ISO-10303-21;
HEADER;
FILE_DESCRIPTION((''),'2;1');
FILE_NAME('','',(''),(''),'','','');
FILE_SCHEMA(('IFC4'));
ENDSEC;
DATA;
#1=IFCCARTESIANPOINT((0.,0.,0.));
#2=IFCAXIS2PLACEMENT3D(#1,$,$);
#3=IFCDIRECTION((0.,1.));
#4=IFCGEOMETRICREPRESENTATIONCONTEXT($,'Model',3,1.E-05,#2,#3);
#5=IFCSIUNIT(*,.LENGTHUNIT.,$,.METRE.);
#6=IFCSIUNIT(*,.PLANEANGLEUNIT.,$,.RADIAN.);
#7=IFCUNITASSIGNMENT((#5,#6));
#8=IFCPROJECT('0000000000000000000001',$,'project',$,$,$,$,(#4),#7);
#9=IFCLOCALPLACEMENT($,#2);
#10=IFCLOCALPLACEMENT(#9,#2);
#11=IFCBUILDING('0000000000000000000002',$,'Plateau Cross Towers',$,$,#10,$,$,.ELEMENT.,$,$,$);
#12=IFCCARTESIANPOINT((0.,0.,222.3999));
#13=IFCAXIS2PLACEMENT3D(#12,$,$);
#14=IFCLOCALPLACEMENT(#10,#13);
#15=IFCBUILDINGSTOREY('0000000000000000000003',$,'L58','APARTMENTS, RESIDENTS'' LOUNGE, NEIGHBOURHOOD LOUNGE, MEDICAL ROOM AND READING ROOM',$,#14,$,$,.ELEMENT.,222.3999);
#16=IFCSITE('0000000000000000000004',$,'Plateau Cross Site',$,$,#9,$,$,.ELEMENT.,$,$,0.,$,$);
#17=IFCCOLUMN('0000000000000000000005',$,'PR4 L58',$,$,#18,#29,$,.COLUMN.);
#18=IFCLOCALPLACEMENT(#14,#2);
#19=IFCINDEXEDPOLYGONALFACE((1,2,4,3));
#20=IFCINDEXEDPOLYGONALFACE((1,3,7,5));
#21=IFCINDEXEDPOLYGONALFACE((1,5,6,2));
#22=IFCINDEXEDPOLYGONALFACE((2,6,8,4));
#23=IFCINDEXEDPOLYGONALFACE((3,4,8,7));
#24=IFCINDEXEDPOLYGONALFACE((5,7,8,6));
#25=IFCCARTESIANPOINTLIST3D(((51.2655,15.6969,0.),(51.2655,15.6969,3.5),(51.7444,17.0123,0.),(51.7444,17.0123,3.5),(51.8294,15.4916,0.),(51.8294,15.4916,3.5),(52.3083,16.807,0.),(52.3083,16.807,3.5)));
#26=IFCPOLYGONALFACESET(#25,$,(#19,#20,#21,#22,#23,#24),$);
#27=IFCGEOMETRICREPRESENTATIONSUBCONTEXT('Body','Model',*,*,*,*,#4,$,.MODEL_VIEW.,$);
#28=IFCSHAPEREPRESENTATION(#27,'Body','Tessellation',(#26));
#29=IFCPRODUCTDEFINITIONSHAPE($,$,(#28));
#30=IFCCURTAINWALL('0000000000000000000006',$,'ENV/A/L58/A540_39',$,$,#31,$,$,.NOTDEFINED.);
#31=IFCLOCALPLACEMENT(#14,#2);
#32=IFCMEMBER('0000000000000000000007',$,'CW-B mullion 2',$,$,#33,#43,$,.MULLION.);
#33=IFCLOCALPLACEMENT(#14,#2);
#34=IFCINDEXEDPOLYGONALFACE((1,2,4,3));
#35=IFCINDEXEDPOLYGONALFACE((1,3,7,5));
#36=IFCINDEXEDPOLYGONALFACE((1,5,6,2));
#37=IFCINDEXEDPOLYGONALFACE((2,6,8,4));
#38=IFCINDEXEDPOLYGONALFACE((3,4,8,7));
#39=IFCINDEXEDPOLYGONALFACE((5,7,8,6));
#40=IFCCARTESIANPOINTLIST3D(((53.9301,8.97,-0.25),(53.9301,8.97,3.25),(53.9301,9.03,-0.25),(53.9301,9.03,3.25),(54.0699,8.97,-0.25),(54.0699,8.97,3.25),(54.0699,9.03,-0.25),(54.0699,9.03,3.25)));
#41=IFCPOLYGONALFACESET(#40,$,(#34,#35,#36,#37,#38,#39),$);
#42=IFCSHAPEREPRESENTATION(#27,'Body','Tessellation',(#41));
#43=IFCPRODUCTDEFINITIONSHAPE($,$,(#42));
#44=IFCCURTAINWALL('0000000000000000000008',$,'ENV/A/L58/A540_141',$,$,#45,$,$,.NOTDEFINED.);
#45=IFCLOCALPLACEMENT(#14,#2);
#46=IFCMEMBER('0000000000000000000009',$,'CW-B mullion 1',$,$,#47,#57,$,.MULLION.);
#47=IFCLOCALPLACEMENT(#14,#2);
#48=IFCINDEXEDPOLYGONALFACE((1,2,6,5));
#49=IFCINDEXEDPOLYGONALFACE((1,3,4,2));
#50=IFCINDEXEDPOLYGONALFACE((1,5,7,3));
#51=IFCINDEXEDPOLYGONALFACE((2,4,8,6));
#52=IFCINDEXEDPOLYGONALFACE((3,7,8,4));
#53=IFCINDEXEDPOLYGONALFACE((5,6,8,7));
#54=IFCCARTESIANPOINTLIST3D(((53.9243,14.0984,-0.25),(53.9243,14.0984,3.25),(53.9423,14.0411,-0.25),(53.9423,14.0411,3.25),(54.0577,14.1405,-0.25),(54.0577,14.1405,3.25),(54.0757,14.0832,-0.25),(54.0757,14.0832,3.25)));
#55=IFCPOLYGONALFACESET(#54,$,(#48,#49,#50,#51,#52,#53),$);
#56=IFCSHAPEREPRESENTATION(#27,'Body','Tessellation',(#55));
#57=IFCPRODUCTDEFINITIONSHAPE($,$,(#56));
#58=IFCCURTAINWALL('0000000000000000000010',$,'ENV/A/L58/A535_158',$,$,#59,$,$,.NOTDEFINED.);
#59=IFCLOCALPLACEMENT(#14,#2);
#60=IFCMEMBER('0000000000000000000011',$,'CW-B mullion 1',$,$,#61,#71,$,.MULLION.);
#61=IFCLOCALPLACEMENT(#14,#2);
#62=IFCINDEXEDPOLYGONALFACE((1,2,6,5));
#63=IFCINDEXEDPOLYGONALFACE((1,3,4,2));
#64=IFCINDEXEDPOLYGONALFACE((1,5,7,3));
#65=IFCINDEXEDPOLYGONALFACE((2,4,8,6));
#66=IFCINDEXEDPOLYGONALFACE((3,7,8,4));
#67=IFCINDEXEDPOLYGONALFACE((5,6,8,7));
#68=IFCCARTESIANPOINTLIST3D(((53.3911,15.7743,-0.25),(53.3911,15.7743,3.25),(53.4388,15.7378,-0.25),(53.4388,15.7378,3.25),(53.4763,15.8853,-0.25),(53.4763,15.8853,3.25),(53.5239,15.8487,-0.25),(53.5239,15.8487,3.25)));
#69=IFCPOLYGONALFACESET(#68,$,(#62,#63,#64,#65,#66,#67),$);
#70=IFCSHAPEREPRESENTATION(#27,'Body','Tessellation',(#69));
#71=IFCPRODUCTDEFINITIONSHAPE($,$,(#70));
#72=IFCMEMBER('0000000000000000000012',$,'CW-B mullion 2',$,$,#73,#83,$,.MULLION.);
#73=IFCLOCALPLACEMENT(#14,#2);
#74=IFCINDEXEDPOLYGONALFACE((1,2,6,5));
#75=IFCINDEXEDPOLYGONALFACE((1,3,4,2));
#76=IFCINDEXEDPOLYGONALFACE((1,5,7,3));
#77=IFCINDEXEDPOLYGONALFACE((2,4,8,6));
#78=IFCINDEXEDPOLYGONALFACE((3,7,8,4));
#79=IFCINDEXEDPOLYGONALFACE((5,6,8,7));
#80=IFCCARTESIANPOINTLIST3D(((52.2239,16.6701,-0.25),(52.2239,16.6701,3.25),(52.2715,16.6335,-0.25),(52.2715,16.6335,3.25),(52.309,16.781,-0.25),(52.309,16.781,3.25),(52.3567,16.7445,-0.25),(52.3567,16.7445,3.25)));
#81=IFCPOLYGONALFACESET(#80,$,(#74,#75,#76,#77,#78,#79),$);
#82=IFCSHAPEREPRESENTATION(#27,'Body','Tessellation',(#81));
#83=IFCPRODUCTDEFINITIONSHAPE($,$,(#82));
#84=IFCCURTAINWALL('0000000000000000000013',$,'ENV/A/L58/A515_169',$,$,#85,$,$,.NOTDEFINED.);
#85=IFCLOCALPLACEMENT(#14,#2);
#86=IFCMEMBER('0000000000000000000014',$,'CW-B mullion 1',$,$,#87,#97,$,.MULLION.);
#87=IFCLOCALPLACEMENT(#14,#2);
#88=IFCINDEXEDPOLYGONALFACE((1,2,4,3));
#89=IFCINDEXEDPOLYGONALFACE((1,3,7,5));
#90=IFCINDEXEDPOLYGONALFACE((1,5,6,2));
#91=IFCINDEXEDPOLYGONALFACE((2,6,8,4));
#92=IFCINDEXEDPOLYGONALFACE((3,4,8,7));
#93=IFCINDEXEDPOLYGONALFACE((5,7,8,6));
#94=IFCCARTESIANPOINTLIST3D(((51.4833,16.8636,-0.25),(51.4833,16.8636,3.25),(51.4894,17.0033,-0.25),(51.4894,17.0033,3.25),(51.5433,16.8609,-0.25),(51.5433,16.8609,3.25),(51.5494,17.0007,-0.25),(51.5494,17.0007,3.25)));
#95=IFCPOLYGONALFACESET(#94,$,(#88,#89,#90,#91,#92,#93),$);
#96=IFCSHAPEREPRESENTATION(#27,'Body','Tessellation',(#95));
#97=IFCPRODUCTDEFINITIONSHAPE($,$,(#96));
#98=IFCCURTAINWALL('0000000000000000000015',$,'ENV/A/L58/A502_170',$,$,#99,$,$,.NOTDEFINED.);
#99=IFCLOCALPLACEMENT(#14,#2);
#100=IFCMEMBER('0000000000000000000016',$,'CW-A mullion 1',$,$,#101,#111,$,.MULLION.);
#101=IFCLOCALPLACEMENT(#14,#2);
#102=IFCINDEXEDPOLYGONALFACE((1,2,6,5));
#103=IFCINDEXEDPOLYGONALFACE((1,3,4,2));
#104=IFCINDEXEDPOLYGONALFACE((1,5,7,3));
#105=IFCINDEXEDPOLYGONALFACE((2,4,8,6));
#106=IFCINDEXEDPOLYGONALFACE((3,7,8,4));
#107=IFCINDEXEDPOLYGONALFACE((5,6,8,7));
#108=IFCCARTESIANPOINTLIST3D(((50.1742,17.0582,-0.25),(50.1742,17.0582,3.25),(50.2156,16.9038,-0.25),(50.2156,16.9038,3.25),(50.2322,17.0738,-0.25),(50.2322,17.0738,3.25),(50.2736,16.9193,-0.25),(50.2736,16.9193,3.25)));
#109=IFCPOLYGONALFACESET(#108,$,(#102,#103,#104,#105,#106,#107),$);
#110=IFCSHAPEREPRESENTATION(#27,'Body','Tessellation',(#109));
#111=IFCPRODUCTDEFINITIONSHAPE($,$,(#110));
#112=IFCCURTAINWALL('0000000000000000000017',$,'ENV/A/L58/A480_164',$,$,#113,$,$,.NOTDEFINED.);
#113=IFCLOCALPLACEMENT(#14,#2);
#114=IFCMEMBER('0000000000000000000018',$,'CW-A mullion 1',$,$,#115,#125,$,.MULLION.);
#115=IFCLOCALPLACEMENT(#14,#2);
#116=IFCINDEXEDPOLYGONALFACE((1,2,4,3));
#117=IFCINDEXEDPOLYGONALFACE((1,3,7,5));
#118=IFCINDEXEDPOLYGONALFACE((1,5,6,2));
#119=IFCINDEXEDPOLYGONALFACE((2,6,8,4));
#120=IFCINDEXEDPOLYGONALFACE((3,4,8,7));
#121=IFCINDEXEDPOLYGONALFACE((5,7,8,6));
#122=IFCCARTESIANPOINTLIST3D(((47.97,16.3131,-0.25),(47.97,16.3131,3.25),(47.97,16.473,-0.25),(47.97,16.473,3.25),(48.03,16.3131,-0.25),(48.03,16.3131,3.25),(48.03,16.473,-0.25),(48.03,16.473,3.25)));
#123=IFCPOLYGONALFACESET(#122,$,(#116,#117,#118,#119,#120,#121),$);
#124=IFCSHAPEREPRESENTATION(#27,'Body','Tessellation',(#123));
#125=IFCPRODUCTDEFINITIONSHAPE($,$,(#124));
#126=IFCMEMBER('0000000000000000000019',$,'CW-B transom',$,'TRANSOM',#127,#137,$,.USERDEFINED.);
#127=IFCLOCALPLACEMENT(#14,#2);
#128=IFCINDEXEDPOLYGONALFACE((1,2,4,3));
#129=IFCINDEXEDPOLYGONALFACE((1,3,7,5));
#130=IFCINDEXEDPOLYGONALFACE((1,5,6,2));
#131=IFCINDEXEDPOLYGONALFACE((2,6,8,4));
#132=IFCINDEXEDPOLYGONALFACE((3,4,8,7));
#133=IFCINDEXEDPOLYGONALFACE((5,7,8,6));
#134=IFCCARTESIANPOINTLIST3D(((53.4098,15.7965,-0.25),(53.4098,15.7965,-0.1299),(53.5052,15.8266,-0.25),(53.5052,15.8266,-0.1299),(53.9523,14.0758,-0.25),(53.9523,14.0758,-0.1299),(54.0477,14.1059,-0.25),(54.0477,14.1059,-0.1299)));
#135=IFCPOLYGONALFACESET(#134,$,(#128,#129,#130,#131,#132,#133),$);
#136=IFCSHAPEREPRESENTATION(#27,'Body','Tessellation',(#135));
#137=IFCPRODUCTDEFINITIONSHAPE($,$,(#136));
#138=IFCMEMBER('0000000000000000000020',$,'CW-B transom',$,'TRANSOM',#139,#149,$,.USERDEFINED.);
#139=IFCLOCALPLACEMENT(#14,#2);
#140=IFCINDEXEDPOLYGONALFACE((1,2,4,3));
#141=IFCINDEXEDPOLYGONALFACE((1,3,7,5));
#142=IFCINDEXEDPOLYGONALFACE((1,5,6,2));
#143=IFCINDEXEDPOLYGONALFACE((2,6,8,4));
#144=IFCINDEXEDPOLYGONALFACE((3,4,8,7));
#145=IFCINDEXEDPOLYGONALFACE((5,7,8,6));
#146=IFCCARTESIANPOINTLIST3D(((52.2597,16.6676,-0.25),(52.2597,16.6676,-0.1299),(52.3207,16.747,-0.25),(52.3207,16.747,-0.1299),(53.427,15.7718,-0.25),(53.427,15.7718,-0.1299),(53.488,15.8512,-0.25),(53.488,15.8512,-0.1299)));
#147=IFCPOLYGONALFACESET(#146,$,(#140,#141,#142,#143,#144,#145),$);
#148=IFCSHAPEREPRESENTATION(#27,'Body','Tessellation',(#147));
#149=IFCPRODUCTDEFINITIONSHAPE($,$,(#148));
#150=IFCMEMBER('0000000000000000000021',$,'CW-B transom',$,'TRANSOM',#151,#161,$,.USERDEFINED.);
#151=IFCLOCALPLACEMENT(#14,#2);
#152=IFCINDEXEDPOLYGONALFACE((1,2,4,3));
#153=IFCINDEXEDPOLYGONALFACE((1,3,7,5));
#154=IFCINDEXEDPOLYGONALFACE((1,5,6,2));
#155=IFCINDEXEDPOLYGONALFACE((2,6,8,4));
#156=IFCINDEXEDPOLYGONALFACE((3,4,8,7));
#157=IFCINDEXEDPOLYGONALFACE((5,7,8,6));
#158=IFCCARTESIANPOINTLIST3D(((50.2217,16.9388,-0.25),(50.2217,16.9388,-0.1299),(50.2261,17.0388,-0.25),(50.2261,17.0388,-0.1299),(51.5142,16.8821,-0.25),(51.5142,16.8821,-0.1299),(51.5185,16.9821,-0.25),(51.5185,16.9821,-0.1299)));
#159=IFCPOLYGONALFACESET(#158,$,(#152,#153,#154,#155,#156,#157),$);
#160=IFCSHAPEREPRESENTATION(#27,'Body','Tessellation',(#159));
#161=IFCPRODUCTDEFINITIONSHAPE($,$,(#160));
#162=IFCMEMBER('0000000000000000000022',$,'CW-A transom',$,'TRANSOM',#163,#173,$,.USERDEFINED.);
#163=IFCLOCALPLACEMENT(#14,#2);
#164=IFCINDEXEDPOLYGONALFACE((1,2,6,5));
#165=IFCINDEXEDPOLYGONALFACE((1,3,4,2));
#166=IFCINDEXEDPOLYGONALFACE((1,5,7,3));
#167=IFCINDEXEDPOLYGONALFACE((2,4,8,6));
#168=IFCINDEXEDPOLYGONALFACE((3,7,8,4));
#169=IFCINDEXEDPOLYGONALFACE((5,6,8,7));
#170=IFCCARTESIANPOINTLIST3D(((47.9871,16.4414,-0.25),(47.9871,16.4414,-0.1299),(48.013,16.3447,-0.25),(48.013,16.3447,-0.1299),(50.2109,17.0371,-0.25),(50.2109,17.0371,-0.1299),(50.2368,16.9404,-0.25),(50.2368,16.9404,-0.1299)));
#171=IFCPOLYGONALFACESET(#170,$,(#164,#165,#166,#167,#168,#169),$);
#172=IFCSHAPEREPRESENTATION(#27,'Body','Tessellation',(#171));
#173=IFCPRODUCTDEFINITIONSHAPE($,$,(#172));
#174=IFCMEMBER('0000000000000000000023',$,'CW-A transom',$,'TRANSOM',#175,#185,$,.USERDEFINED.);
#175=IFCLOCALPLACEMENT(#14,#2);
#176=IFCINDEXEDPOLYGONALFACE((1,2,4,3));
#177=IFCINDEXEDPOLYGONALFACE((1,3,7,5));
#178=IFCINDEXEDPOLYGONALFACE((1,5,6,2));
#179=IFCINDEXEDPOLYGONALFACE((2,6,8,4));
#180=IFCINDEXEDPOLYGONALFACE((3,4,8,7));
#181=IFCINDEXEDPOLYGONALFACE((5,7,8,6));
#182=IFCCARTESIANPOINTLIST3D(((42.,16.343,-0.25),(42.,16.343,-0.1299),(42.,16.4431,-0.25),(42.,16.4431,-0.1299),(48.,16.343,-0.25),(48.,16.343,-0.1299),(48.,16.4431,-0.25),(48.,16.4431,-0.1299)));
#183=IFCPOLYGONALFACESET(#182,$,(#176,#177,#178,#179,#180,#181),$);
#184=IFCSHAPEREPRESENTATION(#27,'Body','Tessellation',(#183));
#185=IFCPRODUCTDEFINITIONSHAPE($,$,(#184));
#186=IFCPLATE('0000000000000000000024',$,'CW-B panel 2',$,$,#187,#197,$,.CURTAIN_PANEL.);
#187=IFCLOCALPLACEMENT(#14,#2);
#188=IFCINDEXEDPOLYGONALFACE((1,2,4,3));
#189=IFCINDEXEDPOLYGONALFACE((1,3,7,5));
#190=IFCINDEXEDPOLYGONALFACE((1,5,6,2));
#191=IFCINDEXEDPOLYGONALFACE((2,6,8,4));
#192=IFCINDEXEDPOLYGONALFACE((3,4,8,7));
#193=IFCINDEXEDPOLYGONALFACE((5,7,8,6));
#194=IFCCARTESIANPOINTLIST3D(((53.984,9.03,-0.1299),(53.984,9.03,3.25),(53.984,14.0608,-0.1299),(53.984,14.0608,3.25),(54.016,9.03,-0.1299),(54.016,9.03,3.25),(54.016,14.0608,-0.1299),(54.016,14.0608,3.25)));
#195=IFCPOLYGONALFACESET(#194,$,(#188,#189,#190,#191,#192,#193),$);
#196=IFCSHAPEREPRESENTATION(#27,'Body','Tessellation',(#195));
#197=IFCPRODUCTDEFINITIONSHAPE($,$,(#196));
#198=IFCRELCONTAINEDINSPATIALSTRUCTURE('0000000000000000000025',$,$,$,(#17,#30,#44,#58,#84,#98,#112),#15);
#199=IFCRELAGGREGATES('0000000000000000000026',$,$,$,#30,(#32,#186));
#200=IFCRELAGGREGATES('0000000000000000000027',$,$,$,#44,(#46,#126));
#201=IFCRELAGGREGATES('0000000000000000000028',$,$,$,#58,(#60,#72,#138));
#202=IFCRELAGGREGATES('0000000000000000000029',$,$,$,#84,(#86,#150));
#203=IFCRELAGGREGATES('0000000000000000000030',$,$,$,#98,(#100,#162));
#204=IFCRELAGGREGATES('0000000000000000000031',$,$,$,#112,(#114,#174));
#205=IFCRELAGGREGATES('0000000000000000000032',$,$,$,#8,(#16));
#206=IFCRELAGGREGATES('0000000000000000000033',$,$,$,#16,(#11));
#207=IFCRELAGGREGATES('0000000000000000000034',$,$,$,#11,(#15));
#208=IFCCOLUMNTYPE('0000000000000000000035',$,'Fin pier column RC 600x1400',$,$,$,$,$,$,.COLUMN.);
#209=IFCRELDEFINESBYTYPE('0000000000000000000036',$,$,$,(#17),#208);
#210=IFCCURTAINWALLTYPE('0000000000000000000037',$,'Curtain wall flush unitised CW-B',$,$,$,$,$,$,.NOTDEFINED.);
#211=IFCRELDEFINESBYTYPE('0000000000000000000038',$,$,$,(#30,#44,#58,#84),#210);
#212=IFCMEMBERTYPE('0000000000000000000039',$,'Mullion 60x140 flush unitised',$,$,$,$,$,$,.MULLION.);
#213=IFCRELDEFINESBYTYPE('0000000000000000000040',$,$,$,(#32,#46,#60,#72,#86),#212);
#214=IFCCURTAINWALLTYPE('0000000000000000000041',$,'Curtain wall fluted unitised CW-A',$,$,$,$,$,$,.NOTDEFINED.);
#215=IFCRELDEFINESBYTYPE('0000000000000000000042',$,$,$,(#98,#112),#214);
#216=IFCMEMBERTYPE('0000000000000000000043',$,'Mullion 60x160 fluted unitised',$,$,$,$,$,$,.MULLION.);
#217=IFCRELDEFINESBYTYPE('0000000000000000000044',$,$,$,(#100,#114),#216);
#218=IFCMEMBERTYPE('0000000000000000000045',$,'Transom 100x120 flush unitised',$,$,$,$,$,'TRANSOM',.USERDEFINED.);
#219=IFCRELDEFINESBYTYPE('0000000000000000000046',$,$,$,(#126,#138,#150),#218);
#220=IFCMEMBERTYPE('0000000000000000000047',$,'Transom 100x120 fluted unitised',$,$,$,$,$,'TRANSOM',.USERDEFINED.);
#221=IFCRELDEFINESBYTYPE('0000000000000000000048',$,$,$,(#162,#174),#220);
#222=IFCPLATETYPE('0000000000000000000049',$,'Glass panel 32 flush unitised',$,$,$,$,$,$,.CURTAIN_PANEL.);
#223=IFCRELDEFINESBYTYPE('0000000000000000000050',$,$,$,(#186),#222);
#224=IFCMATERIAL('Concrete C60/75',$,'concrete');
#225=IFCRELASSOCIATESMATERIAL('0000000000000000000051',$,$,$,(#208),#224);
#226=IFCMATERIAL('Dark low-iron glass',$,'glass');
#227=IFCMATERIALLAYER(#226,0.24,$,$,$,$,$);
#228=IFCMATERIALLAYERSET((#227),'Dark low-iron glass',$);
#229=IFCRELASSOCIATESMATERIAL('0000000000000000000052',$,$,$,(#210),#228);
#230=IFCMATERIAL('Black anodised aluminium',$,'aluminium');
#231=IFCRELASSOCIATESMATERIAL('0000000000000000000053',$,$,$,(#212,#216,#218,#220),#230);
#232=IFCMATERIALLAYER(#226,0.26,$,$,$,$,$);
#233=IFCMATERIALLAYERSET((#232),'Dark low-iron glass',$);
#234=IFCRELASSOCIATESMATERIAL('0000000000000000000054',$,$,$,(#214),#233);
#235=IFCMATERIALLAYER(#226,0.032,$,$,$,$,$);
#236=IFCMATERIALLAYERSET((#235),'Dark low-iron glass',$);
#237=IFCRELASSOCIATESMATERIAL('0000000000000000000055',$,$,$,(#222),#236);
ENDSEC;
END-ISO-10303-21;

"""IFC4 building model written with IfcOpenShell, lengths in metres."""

from ifc_helpers import new_model, si_unit, direction, frame, origin, origin_2d, place, context, subcontext, project, spatial, rectangle, extrude, material, layer, layer_set, material_profile, profile_set, type_object, element, aggregate, save


model = new_model("IFC4")

# Units and contexts
model_context = context("Model", 3, precision=1e-05, world=origin(), true_north=direction((0.0, 1.0)))
body_context = subcontext(model_context, "Body", "Model", "MODEL_VIEW")
ifc_project = project(units=[si_unit("LENGTHUNIT", "METRE"), si_unit("PLANEANGLEUNIT", "RADIAN")], contexts=[model_context])

# Site, building, storey
site_placement = place(None, origin())
site = spatial("IfcSite", under=ifc_project, at=site_placement, Name="Plateau Cross Site", CompositionType="ELEMENT", RefElevation=0.0)
building_placement = place(site_placement, origin())
building = spatial("IfcBuilding", under=site, at=building_placement, Name="Plateau Cross Towers", CompositionType="ELEMENT")
storey_placement = place(building_placement, frame((0.0, 0.0, 222.3999)))
storey = spatial("IfcBuildingStorey", under=building, at=storey_placement, Name="L58", Description="APARTMENTS, RESIDENTS' LOUNGE, NEIGHBOURHOOD LOUNGE, MEDICAL ROOM AND READING ROOM", CompositionType="ELEMENT", Elevation=222.3999)

# Column
ifc_material_1 = material(Name="Concrete C60/75", Category="concrete")
ifc_material_profile_1 = material_profile(ifc_material_1, rectangle(XDim=0.6001, YDim=1.3999, at=origin_2d()), Name="RC 600x1400")
ifc_profile_set_1 = profile_set([ifc_material_profile_1], Name="Concrete C60/75")
column_type = type_object("IfcColumnType", Name="Fin pier column RC 600x1400", PredefinedType="COLUMN", material=ifc_profile_set_1)
column_placement = place(storey_placement, frame((51.7869, 16.252, 0.0), z_axis=(0.0, 0.0, 1.0), x_axis=(-0.939664, 0.342098, 0.0)))
element("IfcColumn", 1, at=column_placement, inside=storey, type_object=column_type, Name="PR4 L58", PredefinedType="COLUMN", context=body_context, shape_type="SweptSolid", body=[
    extrude(rectangle(XDim=0.6001, YDim=1.3999, at=origin_2d()), origin(), (0.0, 0.0, 1.0), 3.5),
])

# Curtain walls, members
ifc_material_2 = material(Name="Dark low-iron glass", Category="glass")
ifc_layer_1 = layer(ifc_material_2, 0.24)
ifc_layer_set_1 = layer_set([ifc_layer_1], Name="Dark low-iron glass")
curtain_wall_type_1 = type_object("IfcCurtainWallType", Name="Curtain wall flush unitised CW-B", PredefinedType="NOTDEFINED", material=ifc_layer_set_1)
curtain_wall_1_placement = place(storey_placement, origin())
curtain_wall_1 = element("IfcCurtainWall", 2, at=curtain_wall_1_placement, inside=storey, type_object=curtain_wall_type_1, Name="ENV/A/L58/A540_39", PredefinedType="NOTDEFINED")
ifc_material_3 = material(Name="Black anodised aluminium", Category="aluminium")
ifc_material_profile_2 = material_profile(ifc_material_3, rectangle(XDim=0.0601, YDim=0.1399, at=origin_2d()), Name="MULLION 60x140")
ifc_profile_set_2 = profile_set([ifc_material_profile_2], Name="Black anodised aluminium")
member_type_1 = type_object("IfcMemberType", Name="Mullion 60x140 flush unitised", PredefinedType="MULLION", material=ifc_profile_set_2)
member_1_placement = place(storey_placement, frame((54.0, 9.0, -0.25), z_axis=(0.0, 0.0, 1.0), x_axis=(0.0, 1.0, 0.0)))
member_1 = element("IfcMember", 3, at=member_1_placement, type_object=member_type_1, Name="CW-B mullion 2", PredefinedType="MULLION", context=body_context, shape_type="SweptSolid", body=[
    extrude(rectangle(XDim=0.0601, YDim=0.1399, at=origin_2d()), origin(), (0.0, 0.0, 1.0), 3.5),
])
curtain_wall_2_placement = place(storey_placement, origin())
curtain_wall_2 = element("IfcCurtainWall", 4, at=curtain_wall_2_placement, inside=storey, type_object=curtain_wall_type_1, Name="ENV/A/L58/A540_141", PredefinedType="NOTDEFINED")
member_2_placement = place(storey_placement, frame((54.0, 14.0908, -0.25), z_axis=(0.0, 0.0, 1.0), x_axis=(-0.300686, 0.953723, 0.0)))
member_2 = element("IfcMember", 5, at=member_2_placement, type_object=member_type_1, Name="CW-B mullion 1", PredefinedType="MULLION", context=body_context, shape_type="SweptSolid", body=[
    extrude(rectangle(XDim=0.0601, YDim=0.1399, at=origin_2d()), origin(), (0.0, 0.0, 1.0), 3.5),
])

# Curtain wall, members
curtain_wall_3_placement = place(storey_placement, origin())
curtain_wall_3 = element("IfcCurtainWall", 6, at=curtain_wall_3_placement, inside=storey, type_object=curtain_wall_type_1, Name="ENV/A/L58/A535_158", PredefinedType="NOTDEFINED")
member_3_placement = place(storey_placement, frame((53.4575, 15.8115, -0.25), z_axis=(0.0, 0.0, 1.0), x_axis=(-0.793316, 0.608811, 0.0)))
member_3 = element("IfcMember", 7, at=member_3_placement, type_object=member_type_1, Name="CW-B mullion 1", PredefinedType="MULLION", context=body_context, shape_type="SweptSolid", body=[
    extrude(rectangle(XDim=0.0601, YDim=0.1399, at=origin_2d()), origin(), (0.0, 0.0, 1.0), 3.5),
])
member_4_placement = place(storey_placement, frame((52.2903, 16.7073, -0.25), z_axis=(0.0, 0.0, 1.0), x_axis=(-0.793316, 0.608811, 0.0)))
member_4 = element("IfcMember", 8, at=member_4_placement, type_object=member_type_1, Name="CW-B mullion 2", PredefinedType="MULLION", context=body_context, shape_type="SweptSolid", body=[
    extrude(rectangle(XDim=0.0601, YDim=0.1399, at=origin_2d()), origin(), (0.0, 0.0, 1.0), 3.5),
])

# Curtain walls, members
curtain_wall_4_placement = place(storey_placement, origin())
curtain_wall_4 = element("IfcCurtainWall", 9, at=curtain_wall_4_placement, inside=storey, type_object=curtain_wall_type_1, Name="ENV/A/L58/A515_169", PredefinedType="NOTDEFINED")
member_5_placement = place(storey_placement, frame((51.5164, 16.9321, -0.25), z_axis=(0.0, 0.0, 1.0), x_axis=(-0.999044, 0.043723, 0.0)))
member_5 = element("IfcMember", 10, at=member_5_placement, type_object=member_type_1, Name="CW-B mullion 1", PredefinedType="MULLION", context=body_context, shape_type="SweptSolid", body=[
    extrude(rectangle(XDim=0.0601, YDim=0.1399, at=origin_2d()), origin(), (0.0, 0.0, 1.0), 3.5),
])
ifc_layer_2 = layer(ifc_material_2, 0.26)
ifc_layer_set_2 = layer_set([ifc_layer_2], Name="Dark low-iron glass")
curtain_wall_type_2 = type_object("IfcCurtainWallType", Name="Curtain wall fluted unitised CW-A", PredefinedType="NOTDEFINED", material=ifc_layer_set_2)
curtain_wall_5_placement = place(storey_placement, origin())
curtain_wall_5 = element("IfcCurtainWall", 11, at=curtain_wall_5_placement, inside=storey, type_object=curtain_wall_type_2, Name="ENV/A/L58/A502_170", PredefinedType="NOTDEFINED")
ifc_material_profile_3 = material_profile(ifc_material_3, rectangle(XDim=0.0601, YDim=0.1599, at=origin_2d()), Name="MULLION 60x160")
ifc_profile_set_3 = profile_set([ifc_material_profile_3], Name="Black anodised aluminium")
member_type_2 = type_object("IfcMemberType", Name="Mullion 60x160 fluted unitised", PredefinedType="MULLION", material=ifc_profile_set_3)
member_6_placement = place(storey_placement, frame((50.2239, 16.9888, -0.25), z_axis=(0.0, 0.0, 1.0), x_axis=(-0.965958, -0.258699, 0.0)))
member_6 = element("IfcMember", 12, at=member_6_placement, type_object=member_type_2, Name="CW-A mullion 1", PredefinedType="MULLION", context=body_context, shape_type="SweptSolid", body=[
    extrude(rectangle(XDim=0.0601, YDim=0.1599, at=origin_2d()), origin(), (0.0, 0.0, 1.0), 3.5),
])
curtain_wall_6_placement = place(storey_placement, origin())
curtain_wall_6 = element("IfcCurtainWall", 13, at=curtain_wall_6_placement, inside=storey, type_object=curtain_wall_type_2, Name="ENV/A/L58/A480_164", PredefinedType="NOTDEFINED")
member_7_placement = place(storey_placement, frame((48.0, 16.3931, -0.25), z_axis=(0.0, 0.0, 1.0), x_axis=(-1.0, 0.0, 0.0)))
member_7 = element("IfcMember", 14, at=member_7_placement, type_object=member_type_2, Name="CW-A mullion 1", PredefinedType="MULLION", context=body_context, shape_type="SweptSolid", body=[
    extrude(rectangle(XDim=0.0601, YDim=0.1599, at=origin_2d()), origin(), (0.0, 0.0, 1.0), 3.5),
])

# Members
ifc_material_profile_4 = material_profile(ifc_material_3, rectangle(XDim=0.1001, YDim=0.1201, at=origin_2d()), Name="TRANSOM 100x120")
ifc_profile_set_4 = profile_set([ifc_material_profile_4], Name="Black anodised aluminium")
member_type_3 = type_object("IfcMemberType", Name="Transom 100x120 flush unitised", ElementType="TRANSOM", PredefinedType="USERDEFINED", material=ifc_profile_set_4)
member_8_placement = place(storey_placement, frame((54.0, 14.0908, -0.1899), z_axis=(-0.300678, 0.953726, 0.0), x_axis=(-0.953726, -0.300678, 0.0)))
member_8 = element("IfcMember", 15, at=member_8_placement, type_object=member_type_3, Name="CW-B transom", ObjectType="TRANSOM", PredefinedType="USERDEFINED", context=body_context, shape_type="SweptSolid", body=[
    extrude(rectangle(XDim=0.1001, YDim=0.1201, at=origin_2d()), origin(), (0.0, 0.0, 1.0), 1.8042),
])
member_9_placement = place(storey_placement, frame((53.4575, 15.8115, -0.1899), z_axis=(-0.793321, 0.608804, 0.0), x_axis=(-0.608804, -0.793321, 0.0)))
member_9 = element("IfcMember", 16, at=member_9_placement, type_object=member_type_3, Name="CW-B transom", ObjectType="TRANSOM", PredefinedType="USERDEFINED", context=body_context, shape_type="SweptSolid", body=[
    extrude(rectangle(XDim=0.1001, YDim=0.1201, at=origin_2d()), origin(), (0.0, 0.0, 1.0), 1.4714),
])
member_10_placement = place(storey_placement, frame((51.5164, 16.9321, -0.1899), z_axis=(-0.999041, 0.043781, 0.0), x_axis=(-0.043781, -0.999041, 0.0)))
member_10 = element("IfcMember", 17, at=member_10_placement, type_object=member_type_3, Name="CW-B transom", ObjectType="TRANSOM", PredefinedType="USERDEFINED", context=body_context, shape_type="SweptSolid", body=[
    extrude(rectangle(XDim=0.1001, YDim=0.1201, at=origin_2d()), origin(), (0.0, 0.0, 1.0), 1.2937),
])
ifc_material_profile_5 = material_profile(ifc_material_3, rectangle(XDim=0.1001, YDim=0.1201, at=origin_2d()), Name="TRANSOM 100x120")
ifc_profile_set_5 = profile_set([ifc_material_profile_5], Name="Black anodised aluminium")
member_type_4 = type_object("IfcMemberType", Name="Transom 100x120 fluted unitised", ElementType="TRANSOM", PredefinedType="USERDEFINED", material=ifc_profile_set_5)
member_11_placement = place(storey_placement, frame((50.2239, 16.9888, -0.1899), z_axis=(-0.965946, -0.258745, 0.0), x_axis=(0.258745, -0.965946, 0.0)))
member_11 = element("IfcMember", 18, at=member_11_placement, type_object=member_type_4, Name="CW-A transom", ObjectType="TRANSOM", PredefinedType="USERDEFINED", context=body_context, shape_type="SweptSolid", body=[
    extrude(rectangle(XDim=0.1001, YDim=0.1201, at=origin_2d()), origin(), (0.0, 0.0, 1.0), 2.3022),
])
member_12_placement = place(storey_placement, frame((48.0, 16.3931, -0.1899), z_axis=(-1.0, 0.0, 0.0), x_axis=(0.0, -1.0, 0.0)))
member_12 = element("IfcMember", 19, at=member_12_placement, type_object=member_type_4, Name="CW-A transom", ObjectType="TRANSOM", PredefinedType="USERDEFINED", context=body_context, shape_type="SweptSolid", body=[
    extrude(rectangle(XDim=0.1001, YDim=0.1201, at=origin_2d()), origin(), (0.0, 0.0, 1.0), 6.0),
])

# Plate
ifc_layer_3 = layer(ifc_material_2, 0.032)
ifc_layer_set_3 = layer_set([ifc_layer_3], Name="Dark low-iron glass")
plate_type_1 = type_object("IfcPlateType", Name="Glass panel 32 flush unitised", PredefinedType="CURTAIN_PANEL", material=ifc_layer_set_3)
plate_1_placement = place(storey_placement, frame((54.0, 11.5454, -0.1299), z_axis=(0.0, 0.0, 1.0), x_axis=(0.0, 1.0, 0.0)))
plate_1 = element("IfcPlate", 20, at=plate_1_placement, type_object=plate_type_1, Name="CW-B panel 2", PredefinedType="CURTAIN_PANEL", context=body_context, shape_type="SweptSolid", body=[
    extrude(rectangle(XDim=5.0308, YDim=0.032, at=origin_2d()), origin(), (0.0, 0.0, 1.0), 3.3799),
])
aggregate(curtain_wall_1, [member_1, plate_1])
aggregate(curtain_wall_2, [member_2, member_8])
aggregate(curtain_wall_3, [member_3, member_4, member_9])
aggregate(curtain_wall_4, [member_5, member_10])
aggregate(curtain_wall_5, [member_6, member_11])
aggregate(curtain_wall_6, [member_7, member_12])

save(model, "model.ifc")
